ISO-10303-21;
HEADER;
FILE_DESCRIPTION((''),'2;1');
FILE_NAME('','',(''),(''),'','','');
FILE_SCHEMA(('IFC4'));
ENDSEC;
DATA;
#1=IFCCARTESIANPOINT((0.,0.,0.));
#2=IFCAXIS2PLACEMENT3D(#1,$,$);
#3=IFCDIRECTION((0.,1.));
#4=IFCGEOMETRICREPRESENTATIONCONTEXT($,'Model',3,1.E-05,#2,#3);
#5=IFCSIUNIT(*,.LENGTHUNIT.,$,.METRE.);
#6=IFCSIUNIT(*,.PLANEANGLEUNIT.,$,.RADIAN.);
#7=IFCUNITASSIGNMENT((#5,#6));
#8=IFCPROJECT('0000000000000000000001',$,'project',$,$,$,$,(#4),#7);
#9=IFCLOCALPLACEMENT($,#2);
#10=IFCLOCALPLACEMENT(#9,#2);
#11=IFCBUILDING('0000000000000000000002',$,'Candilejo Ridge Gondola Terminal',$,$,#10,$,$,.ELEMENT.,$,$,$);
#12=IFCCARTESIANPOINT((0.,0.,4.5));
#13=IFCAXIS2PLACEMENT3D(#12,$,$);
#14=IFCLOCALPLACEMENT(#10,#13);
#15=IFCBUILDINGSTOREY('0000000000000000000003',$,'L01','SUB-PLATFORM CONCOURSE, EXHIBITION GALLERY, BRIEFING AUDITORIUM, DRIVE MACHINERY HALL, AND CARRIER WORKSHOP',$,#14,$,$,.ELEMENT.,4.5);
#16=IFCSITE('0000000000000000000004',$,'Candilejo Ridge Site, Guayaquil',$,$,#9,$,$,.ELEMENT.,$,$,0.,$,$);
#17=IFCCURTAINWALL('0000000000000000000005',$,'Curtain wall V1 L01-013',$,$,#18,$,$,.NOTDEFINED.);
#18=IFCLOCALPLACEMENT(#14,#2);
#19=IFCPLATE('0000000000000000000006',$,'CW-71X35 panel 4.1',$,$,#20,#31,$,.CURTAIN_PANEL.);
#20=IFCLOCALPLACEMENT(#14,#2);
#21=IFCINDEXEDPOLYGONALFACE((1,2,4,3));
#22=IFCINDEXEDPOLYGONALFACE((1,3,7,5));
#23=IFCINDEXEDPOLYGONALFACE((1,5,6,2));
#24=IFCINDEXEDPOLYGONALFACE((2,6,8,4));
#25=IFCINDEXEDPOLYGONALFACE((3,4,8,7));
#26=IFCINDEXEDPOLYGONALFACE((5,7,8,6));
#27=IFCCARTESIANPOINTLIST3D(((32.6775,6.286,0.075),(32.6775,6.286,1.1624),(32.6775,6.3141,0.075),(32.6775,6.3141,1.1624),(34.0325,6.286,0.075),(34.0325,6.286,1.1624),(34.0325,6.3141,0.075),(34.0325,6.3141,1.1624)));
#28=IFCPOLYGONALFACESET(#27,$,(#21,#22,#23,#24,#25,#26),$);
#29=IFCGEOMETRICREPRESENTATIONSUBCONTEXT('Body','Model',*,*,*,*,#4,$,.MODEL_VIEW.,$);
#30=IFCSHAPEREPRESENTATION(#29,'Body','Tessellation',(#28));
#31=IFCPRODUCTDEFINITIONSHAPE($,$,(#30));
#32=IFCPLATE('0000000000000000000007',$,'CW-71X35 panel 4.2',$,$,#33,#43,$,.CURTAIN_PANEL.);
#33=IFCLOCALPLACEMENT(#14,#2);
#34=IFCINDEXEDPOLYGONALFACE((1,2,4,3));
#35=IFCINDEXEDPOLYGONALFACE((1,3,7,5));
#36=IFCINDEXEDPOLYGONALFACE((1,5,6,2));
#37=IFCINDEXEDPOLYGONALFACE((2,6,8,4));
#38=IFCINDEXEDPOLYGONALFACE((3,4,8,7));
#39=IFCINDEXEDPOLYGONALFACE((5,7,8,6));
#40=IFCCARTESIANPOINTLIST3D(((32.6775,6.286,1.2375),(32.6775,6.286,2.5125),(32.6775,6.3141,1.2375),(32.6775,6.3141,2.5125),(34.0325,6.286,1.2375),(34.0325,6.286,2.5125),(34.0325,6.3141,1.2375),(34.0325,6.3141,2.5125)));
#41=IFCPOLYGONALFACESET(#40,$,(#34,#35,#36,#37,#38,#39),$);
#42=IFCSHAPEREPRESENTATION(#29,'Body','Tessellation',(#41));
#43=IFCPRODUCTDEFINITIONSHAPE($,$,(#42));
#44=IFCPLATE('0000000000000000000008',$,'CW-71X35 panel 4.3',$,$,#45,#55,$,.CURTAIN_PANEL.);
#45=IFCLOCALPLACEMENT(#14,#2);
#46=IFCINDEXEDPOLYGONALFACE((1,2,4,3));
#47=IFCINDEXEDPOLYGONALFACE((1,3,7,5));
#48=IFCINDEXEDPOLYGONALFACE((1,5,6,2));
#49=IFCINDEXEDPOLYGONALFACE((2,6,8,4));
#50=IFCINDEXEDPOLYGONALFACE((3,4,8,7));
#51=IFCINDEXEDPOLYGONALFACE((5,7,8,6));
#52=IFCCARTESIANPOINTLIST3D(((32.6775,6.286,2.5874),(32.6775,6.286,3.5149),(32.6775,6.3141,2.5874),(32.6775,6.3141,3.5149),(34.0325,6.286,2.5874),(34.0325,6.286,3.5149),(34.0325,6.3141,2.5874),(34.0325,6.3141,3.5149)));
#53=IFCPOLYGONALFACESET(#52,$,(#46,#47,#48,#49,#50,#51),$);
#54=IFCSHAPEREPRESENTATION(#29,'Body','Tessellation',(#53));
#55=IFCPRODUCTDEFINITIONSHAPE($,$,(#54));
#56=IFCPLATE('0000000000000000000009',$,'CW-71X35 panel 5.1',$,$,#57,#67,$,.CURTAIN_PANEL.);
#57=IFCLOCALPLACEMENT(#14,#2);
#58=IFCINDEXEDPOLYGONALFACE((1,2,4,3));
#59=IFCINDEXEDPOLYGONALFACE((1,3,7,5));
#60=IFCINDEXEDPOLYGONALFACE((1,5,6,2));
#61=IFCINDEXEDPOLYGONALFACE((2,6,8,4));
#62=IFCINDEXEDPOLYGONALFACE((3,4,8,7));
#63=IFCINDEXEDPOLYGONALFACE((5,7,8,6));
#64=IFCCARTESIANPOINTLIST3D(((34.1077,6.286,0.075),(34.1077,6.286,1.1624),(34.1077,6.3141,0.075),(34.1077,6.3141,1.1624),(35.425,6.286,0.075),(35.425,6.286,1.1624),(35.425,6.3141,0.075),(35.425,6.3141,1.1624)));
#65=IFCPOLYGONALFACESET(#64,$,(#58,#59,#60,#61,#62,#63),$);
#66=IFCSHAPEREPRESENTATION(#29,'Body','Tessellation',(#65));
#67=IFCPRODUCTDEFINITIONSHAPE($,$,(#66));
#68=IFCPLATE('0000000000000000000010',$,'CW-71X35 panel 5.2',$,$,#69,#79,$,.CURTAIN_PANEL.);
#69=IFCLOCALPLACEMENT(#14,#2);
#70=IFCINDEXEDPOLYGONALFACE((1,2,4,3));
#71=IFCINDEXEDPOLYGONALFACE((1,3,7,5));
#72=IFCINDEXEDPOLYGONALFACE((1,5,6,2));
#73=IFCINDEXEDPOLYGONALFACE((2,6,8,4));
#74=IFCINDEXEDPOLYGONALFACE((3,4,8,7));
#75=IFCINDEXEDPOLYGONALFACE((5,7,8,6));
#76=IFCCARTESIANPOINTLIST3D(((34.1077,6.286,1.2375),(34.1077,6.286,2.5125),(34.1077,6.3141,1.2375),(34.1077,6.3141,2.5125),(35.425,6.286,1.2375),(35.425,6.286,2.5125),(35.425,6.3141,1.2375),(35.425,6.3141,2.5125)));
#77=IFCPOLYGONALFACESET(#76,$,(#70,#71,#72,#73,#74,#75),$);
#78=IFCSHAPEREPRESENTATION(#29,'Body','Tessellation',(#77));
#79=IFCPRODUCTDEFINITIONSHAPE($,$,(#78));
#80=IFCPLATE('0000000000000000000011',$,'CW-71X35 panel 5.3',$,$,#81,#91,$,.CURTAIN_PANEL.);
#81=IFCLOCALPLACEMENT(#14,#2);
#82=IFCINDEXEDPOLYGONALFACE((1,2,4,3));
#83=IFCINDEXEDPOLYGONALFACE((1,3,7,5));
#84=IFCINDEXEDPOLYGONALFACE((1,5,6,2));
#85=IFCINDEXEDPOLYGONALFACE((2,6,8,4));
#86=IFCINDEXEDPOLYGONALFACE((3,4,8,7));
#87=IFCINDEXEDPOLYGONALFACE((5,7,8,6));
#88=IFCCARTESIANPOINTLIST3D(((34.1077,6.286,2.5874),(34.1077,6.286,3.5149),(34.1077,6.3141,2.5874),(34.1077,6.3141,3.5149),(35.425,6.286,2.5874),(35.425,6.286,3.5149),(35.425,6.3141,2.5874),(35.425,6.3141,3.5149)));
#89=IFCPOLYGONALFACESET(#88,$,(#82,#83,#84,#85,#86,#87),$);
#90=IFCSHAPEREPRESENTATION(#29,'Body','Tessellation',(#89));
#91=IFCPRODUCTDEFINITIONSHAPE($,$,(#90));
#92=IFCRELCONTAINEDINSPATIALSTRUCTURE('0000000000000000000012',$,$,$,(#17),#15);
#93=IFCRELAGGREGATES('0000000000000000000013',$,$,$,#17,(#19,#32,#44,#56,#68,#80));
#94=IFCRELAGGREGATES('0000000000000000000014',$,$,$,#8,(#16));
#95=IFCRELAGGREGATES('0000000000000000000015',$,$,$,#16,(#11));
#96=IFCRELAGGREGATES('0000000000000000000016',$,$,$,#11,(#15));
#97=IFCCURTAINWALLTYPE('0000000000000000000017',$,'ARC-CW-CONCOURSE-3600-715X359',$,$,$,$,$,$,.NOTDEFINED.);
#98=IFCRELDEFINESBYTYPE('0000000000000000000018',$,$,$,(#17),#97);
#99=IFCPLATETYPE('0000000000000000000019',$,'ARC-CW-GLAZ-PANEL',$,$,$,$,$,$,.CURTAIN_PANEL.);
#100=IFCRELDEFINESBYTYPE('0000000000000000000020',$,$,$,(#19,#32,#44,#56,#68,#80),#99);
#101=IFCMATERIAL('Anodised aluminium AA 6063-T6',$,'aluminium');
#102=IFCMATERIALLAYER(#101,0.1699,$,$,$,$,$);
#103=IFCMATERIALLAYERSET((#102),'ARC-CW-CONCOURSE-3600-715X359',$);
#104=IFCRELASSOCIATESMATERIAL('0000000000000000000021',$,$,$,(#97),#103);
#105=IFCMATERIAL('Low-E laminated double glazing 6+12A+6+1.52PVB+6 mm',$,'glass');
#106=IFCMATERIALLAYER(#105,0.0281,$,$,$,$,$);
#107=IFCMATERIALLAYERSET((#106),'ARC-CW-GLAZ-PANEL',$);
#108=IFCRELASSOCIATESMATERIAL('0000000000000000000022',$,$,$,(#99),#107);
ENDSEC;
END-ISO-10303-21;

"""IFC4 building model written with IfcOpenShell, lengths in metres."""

from ifc_helpers import new_model, si_unit, direction, frame, origin, origin_2d, place, context, subcontext, project, spatial, rectangle, extrude, material, layer, layer_set, type_object, element, aggregate, save


model = new_model("IFC4")

# Units and contexts
model_context = context("Model", 3, precision=1e-05, world=origin(), true_north=direction((0.0, 1.0)))
body_context = subcontext(model_context, "Body", "Model", "MODEL_VIEW")
ifc_project = project(units=[si_unit("LENGTHUNIT", "METRE"), si_unit("PLANEANGLEUNIT", "RADIAN")], contexts=[model_context])

# Site, building, storey
site_placement = place(None, origin())
site = spatial("IfcSite", under=ifc_project, at=site_placement, Name="Candilejo Ridge Site, Guayaquil", CompositionType="ELEMENT", RefElevation=0.0)
building_placement = place(site_placement, origin())
building = spatial("IfcBuilding", under=site, at=building_placement, Name="Candilejo Ridge Gondola Terminal", CompositionType="ELEMENT")
storey_placement = place(building_placement, frame((0.0, 0.0, 4.5)))
storey = spatial("IfcBuildingStorey", under=building, at=storey_placement, Name="L01", Description="SUB-PLATFORM CONCOURSE, EXHIBITION GALLERY, BRIEFING AUDITORIUM, DRIVE MACHINERY HALL, AND CARRIER WORKSHOP", CompositionType="ELEMENT", Elevation=4.5)

# Curtain wall
ifc_material_1 = material(Name="Anodised aluminium AA 6063-T6", Category="aluminium")
ifc_layer_1 = layer(ifc_material_1, 0.1699)
ifc_layer_set_1 = layer_set([ifc_layer_1], Name="ARC-CW-CONCOURSE-3600-715X359")
curtain_wall_type = type_object("IfcCurtainWallType", Name="ARC-CW-CONCOURSE-3600-715X359", PredefinedType="NOTDEFINED", material=ifc_layer_set_1)
curtain_wall_placement = place(storey_placement, origin())
curtain_wall = element("IfcCurtainWall", 1, at=curtain_wall_placement, inside=storey, type_object=curtain_wall_type, Name="Curtain wall V1 L01-013", PredefinedType="NOTDEFINED")

# Plates
ifc_material_2 = material(Name="Low-E laminated double glazing 6+12A+6+1.52PVB+6 mm", Category="glass")
ifc_layer_2 = layer(ifc_material_2, 0.0281)
ifc_layer_set_2 = layer_set([ifc_layer_2], Name="ARC-CW-GLAZ-PANEL")
plate_type = type_object("IfcPlateType", Name="ARC-CW-GLAZ-PANEL", PredefinedType="CURTAIN_PANEL", material=ifc_layer_set_2)
plate_1_placement = place(storey_placement, frame((33.355, 6.3, 0.075), z_axis=(0.0, 0.0, 1.0), x_axis=(1.0, 0.0, 0.0)))
plate_1 = element("IfcPlate", 2, at=plate_1_placement, type_object=plate_type, Name="CW-71X35 panel 4.1", PredefinedType="CURTAIN_PANEL", context=body_context, shape_type="SweptSolid", body=[
    extrude(rectangle(XDim=1.355, YDim=0.0281, at=origin_2d()), origin(), (0.0, 0.0, 1.0), 1.0874),
])
plate_2_placement = place(storey_placement, frame((33.355, 6.3, 1.2375), z_axis=(0.0, 0.0, 1.0), x_axis=(1.0, 0.0, 0.0)))
plate_2 = element("IfcPlate", 3, at=plate_2_placement, type_object=plate_type, Name="CW-71X35 panel 4.2", PredefinedType="CURTAIN_PANEL", context=body_context, shape_type="SweptSolid", body=[
    extrude(rectangle(XDim=1.355, YDim=0.0281, at=origin_2d()), origin(), (0.0, 0.0, 1.0), 1.2749),
])
plate_3_placement = place(storey_placement, frame((33.355, 6.3, 2.5874), z_axis=(0.0, 0.0, 1.0), x_axis=(1.0, 0.0, 0.0)))
plate_3 = element("IfcPlate", 4, at=plate_3_placement, type_object=plate_type, Name="CW-71X35 panel 4.3", PredefinedType="CURTAIN_PANEL", context=body_context, shape_type="SweptSolid", body=[
    extrude(rectangle(XDim=1.355, YDim=0.0281, at=origin_2d()), origin(), (0.0, 0.0, 1.0), 0.9275),
])
plate_4_placement = place(storey_placement, frame((34.7664, 6.3, 0.075), z_axis=(0.0, 0.0, 1.0), x_axis=(1.0, 0.0, 0.0)))
plate_4 = element("IfcPlate", 5, at=plate_4_placement, type_object=plate_type, Name="CW-71X35 panel 5.1", PredefinedType="CURTAIN_PANEL", context=body_context, shape_type="SweptSolid", body=[
    extrude(rectangle(XDim=1.3174, YDim=0.0281, at=origin_2d()), origin(), (0.0, 0.0, 1.0), 1.0874),
])
plate_5_placement = place(storey_placement, frame((34.7664, 6.3, 1.2375), z_axis=(0.0, 0.0, 1.0), x_axis=(1.0, 0.0, 0.0)))
plate_5 = element("IfcPlate", 6, at=plate_5_placement, type_object=plate_type, Name="CW-71X35 panel 5.2", PredefinedType="CURTAIN_PANEL", context=body_context, shape_type="SweptSolid", body=[
    extrude(rectangle(XDim=1.3174, YDim=0.0281, at=origin_2d()), origin(), (0.0, 0.0, 1.0), 1.2749),
])
plate_6_placement = place(storey_placement, frame((34.7664, 6.3, 2.5874), z_axis=(0.0, 0.0, 1.0), x_axis=(1.0, 0.0, 0.0)))
plate_6 = element("IfcPlate", 7, at=plate_6_placement, type_object=plate_type, Name="CW-71X35 panel 5.3", PredefinedType="CURTAIN_PANEL", context=body_context, shape_type="SweptSolid", body=[
    extrude(rectangle(XDim=1.3174, YDim=0.0281, at=origin_2d()), origin(), (0.0, 0.0, 1.0), 0.9275),
])
aggregate(curtain_wall, [plate_1, plate_2, plate_3, plate_4, plate_5, plate_6])

save(model, "model.ifc")
